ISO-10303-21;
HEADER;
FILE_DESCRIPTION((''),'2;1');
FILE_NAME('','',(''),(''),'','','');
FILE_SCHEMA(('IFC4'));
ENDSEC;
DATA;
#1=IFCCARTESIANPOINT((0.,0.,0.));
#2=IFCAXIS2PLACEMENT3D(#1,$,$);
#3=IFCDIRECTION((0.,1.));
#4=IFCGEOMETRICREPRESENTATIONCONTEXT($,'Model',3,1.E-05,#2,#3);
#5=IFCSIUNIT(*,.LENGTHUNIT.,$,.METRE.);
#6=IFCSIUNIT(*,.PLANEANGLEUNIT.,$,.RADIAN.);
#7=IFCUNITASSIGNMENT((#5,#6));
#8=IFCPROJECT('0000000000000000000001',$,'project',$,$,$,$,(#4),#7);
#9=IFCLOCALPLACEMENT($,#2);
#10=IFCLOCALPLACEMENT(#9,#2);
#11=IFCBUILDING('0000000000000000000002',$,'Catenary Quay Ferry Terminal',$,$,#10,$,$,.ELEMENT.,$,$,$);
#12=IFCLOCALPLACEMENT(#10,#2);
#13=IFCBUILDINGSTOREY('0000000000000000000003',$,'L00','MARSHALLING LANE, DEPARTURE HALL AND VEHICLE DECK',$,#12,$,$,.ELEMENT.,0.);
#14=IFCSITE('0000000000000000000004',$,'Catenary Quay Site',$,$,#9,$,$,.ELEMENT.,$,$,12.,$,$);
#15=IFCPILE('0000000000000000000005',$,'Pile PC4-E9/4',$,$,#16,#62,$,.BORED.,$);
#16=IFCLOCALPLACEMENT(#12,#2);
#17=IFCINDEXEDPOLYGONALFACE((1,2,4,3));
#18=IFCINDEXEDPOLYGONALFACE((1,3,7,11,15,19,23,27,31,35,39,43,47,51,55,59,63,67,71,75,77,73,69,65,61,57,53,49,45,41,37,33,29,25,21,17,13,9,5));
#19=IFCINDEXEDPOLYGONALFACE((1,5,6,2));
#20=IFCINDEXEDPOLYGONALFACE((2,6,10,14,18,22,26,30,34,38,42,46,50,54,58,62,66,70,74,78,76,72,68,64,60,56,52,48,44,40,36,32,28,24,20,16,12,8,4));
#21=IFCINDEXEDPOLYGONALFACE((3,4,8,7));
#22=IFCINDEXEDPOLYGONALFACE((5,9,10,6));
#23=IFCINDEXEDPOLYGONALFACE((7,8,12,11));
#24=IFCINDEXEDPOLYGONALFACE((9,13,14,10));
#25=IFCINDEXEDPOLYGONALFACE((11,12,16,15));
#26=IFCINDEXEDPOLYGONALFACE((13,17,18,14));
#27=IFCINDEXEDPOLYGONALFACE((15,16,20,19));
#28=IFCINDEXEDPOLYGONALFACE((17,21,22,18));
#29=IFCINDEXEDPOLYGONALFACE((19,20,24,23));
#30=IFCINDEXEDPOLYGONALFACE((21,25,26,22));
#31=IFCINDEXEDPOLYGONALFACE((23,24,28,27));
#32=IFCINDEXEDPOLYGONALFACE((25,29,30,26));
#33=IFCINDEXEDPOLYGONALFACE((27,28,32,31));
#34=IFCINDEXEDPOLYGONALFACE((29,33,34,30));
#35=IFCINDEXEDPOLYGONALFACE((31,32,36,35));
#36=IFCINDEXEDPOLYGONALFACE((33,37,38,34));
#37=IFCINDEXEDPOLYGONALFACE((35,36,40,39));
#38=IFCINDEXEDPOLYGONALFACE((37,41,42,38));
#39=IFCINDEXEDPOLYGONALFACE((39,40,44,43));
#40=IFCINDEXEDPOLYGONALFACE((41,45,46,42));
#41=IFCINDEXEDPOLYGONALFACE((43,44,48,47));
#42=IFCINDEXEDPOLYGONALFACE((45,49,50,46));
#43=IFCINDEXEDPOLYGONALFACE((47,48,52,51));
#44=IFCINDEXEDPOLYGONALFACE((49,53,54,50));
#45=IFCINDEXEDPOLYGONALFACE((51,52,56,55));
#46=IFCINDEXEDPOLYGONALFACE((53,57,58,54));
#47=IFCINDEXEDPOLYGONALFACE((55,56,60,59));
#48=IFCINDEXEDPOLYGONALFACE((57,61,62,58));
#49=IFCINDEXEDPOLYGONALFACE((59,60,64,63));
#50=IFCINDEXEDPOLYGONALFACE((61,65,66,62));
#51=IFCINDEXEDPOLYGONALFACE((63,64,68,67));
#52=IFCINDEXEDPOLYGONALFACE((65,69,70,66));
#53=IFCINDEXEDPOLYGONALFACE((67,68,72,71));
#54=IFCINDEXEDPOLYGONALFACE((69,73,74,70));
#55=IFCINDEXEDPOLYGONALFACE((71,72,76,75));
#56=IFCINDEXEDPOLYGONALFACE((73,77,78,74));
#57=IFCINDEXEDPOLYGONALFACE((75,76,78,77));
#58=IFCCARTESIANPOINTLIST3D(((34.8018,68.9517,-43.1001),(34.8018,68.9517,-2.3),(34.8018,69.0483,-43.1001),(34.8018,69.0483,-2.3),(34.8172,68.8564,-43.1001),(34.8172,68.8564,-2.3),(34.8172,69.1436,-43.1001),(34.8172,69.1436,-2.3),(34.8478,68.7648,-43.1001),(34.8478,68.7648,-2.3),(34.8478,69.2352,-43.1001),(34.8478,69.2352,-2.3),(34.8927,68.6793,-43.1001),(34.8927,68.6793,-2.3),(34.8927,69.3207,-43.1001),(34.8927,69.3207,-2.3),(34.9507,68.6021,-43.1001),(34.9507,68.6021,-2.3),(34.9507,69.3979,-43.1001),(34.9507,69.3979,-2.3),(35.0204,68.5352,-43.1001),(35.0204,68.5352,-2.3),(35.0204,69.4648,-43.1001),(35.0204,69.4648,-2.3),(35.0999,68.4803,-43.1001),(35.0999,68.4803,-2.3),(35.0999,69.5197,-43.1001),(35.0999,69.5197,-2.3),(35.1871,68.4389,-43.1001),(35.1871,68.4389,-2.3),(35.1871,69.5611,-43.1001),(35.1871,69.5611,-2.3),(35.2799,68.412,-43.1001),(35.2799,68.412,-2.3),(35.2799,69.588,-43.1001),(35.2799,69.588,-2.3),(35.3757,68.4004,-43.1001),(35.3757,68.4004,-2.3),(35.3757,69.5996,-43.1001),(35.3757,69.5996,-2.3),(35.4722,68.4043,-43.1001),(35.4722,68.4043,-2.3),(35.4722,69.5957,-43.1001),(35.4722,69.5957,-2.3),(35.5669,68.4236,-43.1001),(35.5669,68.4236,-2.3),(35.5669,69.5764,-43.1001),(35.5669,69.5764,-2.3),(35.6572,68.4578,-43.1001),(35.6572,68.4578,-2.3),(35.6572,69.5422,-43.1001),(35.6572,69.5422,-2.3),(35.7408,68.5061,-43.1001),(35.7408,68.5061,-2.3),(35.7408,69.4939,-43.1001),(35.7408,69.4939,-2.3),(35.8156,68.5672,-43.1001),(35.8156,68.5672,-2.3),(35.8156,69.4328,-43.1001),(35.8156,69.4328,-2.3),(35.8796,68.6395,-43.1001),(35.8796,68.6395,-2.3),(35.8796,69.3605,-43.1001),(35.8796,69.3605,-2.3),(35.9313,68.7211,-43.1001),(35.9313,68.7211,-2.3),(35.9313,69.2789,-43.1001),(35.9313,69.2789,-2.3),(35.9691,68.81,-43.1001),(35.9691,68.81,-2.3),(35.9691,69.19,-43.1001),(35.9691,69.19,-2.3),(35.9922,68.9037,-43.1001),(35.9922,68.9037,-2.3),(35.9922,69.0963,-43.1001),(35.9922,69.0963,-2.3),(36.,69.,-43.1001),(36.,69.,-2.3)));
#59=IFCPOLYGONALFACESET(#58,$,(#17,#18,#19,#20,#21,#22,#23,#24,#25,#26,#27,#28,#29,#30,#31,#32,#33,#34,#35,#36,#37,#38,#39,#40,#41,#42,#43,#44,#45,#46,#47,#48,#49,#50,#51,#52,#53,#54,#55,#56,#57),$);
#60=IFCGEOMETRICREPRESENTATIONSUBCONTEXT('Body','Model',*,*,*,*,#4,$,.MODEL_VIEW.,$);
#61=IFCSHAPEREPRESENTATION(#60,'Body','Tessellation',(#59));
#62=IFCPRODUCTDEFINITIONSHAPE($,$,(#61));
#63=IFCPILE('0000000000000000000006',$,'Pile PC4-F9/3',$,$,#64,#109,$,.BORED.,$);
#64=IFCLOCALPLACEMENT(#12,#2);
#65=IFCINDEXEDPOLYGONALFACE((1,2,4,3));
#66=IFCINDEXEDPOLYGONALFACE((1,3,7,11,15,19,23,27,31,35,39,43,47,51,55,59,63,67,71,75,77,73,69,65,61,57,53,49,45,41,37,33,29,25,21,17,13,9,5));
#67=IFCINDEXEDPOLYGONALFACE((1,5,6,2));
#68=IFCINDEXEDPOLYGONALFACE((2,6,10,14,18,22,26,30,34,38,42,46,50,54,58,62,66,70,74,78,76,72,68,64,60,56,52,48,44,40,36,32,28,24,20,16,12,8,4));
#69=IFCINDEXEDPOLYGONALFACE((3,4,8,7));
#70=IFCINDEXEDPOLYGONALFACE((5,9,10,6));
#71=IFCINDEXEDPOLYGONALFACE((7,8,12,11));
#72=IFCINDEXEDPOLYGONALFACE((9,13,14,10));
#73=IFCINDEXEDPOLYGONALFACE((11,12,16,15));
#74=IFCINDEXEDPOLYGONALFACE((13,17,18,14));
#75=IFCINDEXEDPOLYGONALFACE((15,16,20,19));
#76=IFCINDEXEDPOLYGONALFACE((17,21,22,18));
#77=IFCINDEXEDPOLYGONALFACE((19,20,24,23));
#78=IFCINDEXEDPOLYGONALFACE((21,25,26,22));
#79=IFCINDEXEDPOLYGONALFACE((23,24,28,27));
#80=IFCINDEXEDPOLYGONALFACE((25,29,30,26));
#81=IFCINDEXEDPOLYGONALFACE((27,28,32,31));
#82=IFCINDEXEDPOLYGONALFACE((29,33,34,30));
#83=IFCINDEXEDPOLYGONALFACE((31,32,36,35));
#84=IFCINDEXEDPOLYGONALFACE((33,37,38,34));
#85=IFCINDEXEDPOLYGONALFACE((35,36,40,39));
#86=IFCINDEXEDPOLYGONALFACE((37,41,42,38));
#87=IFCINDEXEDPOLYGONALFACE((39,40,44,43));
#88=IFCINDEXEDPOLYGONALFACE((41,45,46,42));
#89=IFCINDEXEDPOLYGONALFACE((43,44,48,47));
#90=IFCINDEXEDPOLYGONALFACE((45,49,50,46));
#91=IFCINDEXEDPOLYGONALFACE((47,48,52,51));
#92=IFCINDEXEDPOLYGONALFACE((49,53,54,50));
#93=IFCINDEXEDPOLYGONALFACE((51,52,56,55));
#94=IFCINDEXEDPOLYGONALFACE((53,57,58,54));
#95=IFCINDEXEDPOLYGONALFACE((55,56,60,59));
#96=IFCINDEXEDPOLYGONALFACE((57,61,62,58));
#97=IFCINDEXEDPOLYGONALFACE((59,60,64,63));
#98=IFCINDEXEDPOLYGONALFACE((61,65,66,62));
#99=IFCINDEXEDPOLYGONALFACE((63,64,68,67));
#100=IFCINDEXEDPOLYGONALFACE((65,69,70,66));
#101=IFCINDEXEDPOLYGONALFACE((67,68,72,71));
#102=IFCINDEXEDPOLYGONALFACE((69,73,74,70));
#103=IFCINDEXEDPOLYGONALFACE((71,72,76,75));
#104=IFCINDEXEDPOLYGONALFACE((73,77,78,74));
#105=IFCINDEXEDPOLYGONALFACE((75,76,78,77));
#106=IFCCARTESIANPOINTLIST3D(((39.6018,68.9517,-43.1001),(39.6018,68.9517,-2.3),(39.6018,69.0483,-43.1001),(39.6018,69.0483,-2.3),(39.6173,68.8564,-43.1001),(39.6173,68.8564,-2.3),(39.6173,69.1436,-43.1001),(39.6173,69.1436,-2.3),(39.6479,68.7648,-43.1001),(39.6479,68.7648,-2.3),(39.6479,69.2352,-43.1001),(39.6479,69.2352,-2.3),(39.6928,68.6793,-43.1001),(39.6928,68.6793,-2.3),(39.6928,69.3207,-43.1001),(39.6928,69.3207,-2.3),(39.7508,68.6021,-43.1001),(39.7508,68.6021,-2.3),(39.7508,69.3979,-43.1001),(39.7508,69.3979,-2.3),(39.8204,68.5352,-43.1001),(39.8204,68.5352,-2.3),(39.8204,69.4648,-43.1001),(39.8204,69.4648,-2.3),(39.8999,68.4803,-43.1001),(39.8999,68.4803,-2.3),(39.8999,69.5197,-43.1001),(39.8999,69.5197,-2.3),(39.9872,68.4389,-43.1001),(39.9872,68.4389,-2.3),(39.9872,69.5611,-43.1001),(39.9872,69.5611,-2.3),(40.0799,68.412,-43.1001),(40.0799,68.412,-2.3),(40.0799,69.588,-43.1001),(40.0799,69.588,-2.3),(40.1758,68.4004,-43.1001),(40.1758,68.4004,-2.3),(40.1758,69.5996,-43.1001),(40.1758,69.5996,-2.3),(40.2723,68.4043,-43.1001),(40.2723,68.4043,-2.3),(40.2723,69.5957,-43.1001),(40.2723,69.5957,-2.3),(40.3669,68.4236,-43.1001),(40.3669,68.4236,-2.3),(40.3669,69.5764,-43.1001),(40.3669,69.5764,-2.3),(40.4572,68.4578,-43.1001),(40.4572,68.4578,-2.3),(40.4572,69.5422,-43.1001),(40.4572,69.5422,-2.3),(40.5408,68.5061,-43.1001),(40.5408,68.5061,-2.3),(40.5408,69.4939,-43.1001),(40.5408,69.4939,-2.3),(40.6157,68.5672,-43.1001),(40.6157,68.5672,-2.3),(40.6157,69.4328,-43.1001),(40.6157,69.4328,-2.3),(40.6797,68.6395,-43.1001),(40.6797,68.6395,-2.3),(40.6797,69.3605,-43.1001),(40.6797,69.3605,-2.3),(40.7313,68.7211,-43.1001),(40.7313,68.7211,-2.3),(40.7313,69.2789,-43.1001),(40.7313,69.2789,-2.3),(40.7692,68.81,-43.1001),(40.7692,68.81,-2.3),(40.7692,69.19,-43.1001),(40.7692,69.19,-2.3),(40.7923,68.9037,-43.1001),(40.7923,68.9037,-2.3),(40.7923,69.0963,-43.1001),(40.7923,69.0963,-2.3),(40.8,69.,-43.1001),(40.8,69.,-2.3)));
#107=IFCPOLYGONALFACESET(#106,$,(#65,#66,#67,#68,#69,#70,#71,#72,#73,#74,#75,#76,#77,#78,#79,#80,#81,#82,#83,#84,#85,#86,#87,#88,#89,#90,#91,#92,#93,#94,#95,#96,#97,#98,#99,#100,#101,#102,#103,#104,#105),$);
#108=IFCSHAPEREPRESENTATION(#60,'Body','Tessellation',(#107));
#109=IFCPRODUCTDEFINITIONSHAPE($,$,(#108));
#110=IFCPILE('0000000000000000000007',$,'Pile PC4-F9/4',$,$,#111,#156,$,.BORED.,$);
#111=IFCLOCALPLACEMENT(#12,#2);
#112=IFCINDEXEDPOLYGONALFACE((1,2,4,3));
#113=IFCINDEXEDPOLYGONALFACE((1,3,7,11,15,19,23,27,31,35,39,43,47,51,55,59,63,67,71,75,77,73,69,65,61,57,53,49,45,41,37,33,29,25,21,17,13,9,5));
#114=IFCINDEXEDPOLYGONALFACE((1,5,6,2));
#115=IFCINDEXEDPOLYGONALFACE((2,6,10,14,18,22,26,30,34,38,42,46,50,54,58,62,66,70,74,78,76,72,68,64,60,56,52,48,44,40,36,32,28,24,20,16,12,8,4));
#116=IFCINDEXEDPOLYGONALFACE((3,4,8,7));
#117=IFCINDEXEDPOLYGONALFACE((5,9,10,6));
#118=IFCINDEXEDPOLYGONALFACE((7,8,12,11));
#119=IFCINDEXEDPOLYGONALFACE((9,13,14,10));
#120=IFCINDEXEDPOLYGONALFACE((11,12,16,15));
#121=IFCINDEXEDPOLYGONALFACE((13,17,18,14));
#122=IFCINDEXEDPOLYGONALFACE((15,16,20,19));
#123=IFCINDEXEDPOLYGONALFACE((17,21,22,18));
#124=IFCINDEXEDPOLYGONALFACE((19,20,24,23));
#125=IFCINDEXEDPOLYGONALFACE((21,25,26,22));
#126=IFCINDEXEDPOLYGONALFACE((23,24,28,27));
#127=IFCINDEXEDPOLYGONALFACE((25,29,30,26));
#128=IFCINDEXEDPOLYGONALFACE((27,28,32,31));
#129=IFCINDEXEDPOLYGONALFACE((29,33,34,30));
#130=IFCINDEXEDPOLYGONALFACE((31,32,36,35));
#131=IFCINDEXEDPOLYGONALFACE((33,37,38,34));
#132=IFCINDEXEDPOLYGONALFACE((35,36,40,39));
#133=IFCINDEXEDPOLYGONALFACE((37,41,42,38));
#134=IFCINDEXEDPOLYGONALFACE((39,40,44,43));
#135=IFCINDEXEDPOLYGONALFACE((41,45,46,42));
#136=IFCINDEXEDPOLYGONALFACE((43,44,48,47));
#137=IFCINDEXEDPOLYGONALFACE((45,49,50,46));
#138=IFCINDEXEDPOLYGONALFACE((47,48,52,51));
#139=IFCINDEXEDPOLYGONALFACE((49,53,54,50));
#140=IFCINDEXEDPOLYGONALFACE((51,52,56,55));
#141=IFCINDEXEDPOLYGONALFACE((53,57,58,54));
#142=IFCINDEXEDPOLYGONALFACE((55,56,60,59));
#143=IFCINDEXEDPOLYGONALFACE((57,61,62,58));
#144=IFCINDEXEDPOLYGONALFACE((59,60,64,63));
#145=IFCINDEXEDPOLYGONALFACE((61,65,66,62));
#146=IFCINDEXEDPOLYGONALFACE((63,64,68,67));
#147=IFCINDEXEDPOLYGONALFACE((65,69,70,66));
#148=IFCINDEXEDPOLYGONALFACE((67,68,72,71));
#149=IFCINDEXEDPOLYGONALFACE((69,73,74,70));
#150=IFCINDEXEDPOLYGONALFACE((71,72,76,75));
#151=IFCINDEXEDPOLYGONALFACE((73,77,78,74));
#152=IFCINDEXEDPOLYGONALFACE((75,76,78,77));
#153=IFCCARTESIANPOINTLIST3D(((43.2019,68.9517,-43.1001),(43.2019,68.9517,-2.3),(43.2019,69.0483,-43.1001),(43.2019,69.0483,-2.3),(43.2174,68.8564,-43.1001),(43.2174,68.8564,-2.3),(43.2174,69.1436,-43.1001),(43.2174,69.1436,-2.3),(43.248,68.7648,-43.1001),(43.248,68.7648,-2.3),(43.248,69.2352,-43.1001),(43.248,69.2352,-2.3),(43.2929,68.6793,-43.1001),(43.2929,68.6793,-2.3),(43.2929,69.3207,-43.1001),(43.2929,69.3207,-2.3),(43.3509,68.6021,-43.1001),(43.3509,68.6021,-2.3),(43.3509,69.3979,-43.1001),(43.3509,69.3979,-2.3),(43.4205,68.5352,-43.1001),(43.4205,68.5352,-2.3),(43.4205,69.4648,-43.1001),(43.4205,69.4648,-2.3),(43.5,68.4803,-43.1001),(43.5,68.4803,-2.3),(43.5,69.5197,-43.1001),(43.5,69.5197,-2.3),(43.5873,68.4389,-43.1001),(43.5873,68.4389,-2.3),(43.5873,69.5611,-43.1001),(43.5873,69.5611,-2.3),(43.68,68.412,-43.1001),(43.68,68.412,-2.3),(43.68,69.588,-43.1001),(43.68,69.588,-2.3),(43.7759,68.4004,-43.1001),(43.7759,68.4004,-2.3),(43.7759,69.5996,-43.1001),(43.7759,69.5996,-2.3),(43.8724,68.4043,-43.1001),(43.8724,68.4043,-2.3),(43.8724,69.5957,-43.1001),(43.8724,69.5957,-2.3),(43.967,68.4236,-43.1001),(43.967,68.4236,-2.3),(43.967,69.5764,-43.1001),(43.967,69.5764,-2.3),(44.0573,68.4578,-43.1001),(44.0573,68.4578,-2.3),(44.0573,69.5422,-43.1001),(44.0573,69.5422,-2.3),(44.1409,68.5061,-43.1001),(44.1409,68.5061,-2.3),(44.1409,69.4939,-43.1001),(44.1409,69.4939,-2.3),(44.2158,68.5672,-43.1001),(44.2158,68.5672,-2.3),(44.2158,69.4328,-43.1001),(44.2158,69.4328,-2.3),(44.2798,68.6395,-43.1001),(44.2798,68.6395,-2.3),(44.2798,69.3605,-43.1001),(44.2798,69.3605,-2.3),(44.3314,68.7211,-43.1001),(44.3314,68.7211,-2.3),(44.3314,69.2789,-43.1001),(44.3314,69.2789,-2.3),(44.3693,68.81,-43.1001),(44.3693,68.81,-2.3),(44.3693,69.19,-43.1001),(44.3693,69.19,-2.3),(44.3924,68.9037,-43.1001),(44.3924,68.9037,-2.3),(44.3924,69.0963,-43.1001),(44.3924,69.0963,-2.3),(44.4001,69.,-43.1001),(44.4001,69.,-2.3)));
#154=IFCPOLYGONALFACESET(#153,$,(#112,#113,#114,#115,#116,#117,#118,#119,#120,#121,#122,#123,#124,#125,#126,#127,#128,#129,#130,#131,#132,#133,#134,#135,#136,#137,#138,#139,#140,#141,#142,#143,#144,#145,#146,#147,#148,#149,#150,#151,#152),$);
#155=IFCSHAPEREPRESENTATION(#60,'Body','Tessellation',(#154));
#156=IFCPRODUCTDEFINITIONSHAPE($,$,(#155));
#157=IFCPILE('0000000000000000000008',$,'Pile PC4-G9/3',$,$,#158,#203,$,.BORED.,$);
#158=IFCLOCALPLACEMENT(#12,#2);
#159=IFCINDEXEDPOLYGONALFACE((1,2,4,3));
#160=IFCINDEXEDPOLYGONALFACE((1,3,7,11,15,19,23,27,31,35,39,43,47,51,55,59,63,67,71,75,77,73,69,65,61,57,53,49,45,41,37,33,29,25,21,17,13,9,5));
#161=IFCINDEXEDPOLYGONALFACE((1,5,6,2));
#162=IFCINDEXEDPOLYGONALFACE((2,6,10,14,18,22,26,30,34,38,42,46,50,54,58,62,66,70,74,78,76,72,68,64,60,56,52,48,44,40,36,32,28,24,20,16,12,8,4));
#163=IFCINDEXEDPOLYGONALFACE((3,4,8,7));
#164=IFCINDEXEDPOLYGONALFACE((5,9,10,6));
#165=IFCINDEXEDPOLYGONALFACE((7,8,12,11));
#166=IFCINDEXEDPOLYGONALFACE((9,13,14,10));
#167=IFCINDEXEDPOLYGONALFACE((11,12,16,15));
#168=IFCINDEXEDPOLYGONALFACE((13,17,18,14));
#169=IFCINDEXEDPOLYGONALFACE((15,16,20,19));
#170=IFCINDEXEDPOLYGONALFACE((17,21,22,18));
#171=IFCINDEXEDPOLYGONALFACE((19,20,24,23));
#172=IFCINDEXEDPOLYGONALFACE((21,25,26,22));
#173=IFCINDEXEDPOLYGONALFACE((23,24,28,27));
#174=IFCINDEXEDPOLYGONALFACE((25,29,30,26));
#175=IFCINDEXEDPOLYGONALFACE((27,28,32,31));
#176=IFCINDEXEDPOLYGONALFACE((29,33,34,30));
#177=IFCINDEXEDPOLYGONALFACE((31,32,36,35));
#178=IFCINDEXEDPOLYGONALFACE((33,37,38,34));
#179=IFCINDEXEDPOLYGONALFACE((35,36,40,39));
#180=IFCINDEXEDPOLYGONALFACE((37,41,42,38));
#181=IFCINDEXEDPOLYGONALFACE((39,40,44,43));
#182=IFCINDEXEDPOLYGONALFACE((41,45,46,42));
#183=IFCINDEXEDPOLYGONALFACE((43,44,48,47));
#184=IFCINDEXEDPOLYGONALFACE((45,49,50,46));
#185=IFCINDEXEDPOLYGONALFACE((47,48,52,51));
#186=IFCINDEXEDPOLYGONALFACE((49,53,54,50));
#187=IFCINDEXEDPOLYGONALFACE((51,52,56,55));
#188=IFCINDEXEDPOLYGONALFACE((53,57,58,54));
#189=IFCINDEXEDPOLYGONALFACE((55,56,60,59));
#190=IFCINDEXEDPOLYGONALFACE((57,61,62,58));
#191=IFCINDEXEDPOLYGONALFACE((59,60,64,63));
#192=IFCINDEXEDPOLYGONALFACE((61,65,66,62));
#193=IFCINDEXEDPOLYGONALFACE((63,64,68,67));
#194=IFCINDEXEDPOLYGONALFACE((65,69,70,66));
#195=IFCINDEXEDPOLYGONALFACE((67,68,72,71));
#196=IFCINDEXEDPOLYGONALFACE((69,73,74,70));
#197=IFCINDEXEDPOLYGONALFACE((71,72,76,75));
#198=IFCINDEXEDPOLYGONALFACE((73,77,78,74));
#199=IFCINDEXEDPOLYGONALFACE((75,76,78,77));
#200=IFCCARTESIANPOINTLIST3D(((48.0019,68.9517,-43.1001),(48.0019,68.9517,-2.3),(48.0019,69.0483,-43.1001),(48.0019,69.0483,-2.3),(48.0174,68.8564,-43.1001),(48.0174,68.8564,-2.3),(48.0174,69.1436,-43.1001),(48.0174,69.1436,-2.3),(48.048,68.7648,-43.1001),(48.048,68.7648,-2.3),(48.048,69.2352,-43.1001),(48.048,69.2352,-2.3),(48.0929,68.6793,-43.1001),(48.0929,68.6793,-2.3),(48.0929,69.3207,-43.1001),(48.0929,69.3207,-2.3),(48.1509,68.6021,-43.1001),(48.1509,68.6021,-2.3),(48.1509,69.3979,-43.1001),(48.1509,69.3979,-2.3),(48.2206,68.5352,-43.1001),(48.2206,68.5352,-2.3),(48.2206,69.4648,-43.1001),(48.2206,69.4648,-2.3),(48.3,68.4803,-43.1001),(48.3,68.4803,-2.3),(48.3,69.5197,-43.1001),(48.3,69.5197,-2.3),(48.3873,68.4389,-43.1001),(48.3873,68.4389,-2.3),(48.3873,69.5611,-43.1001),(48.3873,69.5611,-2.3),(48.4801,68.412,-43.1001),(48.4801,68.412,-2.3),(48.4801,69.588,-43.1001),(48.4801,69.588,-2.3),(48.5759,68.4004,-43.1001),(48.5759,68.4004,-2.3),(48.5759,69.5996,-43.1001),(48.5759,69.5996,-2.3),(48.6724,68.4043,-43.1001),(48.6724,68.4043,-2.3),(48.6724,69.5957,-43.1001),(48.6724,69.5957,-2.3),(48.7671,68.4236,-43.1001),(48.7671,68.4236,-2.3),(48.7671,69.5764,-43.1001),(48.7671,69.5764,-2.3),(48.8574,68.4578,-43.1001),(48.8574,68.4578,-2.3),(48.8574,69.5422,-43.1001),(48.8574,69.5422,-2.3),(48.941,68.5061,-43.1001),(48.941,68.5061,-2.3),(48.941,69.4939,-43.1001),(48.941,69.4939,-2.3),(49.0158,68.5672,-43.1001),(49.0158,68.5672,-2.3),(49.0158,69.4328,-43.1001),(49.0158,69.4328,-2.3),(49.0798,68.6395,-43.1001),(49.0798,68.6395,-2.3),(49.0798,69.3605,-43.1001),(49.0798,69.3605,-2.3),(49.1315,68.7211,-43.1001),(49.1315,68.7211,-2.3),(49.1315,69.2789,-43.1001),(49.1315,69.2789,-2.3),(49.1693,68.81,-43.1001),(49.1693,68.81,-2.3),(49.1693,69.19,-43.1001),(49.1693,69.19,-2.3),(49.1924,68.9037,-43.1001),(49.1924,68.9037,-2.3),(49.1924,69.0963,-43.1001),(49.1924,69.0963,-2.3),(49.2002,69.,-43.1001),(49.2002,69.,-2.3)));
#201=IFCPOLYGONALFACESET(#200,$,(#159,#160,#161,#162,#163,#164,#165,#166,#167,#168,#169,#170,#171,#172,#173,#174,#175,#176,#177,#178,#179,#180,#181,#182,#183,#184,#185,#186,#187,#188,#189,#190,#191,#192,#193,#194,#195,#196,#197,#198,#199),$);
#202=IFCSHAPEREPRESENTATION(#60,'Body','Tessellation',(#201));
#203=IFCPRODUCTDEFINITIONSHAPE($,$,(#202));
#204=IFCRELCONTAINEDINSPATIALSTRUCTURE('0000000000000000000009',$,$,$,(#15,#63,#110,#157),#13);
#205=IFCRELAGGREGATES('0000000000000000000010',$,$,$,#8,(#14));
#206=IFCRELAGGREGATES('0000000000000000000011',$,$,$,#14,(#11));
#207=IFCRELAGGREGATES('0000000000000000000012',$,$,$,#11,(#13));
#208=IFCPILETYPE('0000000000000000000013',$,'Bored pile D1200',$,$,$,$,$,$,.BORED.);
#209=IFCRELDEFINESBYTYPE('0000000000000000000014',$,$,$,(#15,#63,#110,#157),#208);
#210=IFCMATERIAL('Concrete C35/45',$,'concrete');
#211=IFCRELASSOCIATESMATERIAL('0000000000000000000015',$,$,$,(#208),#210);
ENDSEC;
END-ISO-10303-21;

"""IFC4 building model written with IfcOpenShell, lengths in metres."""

from ifc_helpers import new_model, si_unit, direction, frame, origin, origin_2d, place, context, subcontext, project, spatial, circle, extrude, material, material_profile, profile_set, type_object, element, save


model = new_model("IFC4")

# Units and contexts
model_context = context("Model", 3, precision=1e-05, world=origin(), true_north=direction((0.0, 1.0)))
body_context = subcontext(model_context, "Body", "Model", "MODEL_VIEW")
ifc_project = project(units=[si_unit("LENGTHUNIT", "METRE"), si_unit("PLANEANGLEUNIT", "RADIAN")], contexts=[model_context])

# Site, building, storey
site_placement = place(None, origin())
site = spatial("IfcSite", under=ifc_project, at=site_placement, Name="Catenary Quay Site", CompositionType="ELEMENT", RefElevation=12.0)
building_placement = place(site_placement, origin())
building = spatial("IfcBuilding", under=site, at=building_placement, Name="Catenary Quay Ferry Terminal", CompositionType="ELEMENT")
storey_placement = place(building_placement, origin())
storey = spatial("IfcBuildingStorey", under=building, at=storey_placement, Name="L00", Description="MARSHALLING LANE, DEPARTURE HALL AND VEHICLE DECK", CompositionType="ELEMENT", Elevation=0.0)

# Piles
ifc_material_1 = material(Name="Concrete C35/45", Category="concrete")
ifc_material_profile_1 = material_profile(ifc_material_1, circle(Radius=0.6001, at=origin_2d()), Name="D1200")
ifc_profile_set_1 = profile_set([ifc_material_profile_1], Name="Concrete C35/45")
pile_type = type_object("IfcPileType", Name="Bored pile D1200", PredefinedType="BORED", material=ifc_profile_set_1)
for number, where, z_axis, x_axis, name in (
    (1, (35.3999, 69.0, -2.3), (0.0, 0.0, -1.0), (1.0, 0.0, 0.0), "Pile PC4-E9/4"),
    (2, (40.2, 69.0, -2.3), (0.0, 0.0, -1.0), (1.0, 0.0, 0.0), "Pile PC4-F9/3"),
    (3, (43.8, 69.0, -2.3), (0.0, 0.0, -1.0), (1.0, 0.0, 0.0), "Pile PC4-F9/4"),
    (4, (48.6001, 69.0, -2.3), (0.0, 0.0, -1.0), (1.0, 0.0, 0.0), "Pile PC4-G9/3"),
):
    element("IfcPile", number, at=place(storey_placement, frame(where, z_axis=z_axis, x_axis=x_axis)), inside=storey, type_object=pile_type, Name=name, PredefinedType="BORED", context=body_context, shape_type="SweptSolid", body=[
        extrude(circle(Radius=0.6001, at=origin_2d()), origin(), (0.0, 0.0, 1.0), 40.8),
    ])

save(model, "model.ifc")
